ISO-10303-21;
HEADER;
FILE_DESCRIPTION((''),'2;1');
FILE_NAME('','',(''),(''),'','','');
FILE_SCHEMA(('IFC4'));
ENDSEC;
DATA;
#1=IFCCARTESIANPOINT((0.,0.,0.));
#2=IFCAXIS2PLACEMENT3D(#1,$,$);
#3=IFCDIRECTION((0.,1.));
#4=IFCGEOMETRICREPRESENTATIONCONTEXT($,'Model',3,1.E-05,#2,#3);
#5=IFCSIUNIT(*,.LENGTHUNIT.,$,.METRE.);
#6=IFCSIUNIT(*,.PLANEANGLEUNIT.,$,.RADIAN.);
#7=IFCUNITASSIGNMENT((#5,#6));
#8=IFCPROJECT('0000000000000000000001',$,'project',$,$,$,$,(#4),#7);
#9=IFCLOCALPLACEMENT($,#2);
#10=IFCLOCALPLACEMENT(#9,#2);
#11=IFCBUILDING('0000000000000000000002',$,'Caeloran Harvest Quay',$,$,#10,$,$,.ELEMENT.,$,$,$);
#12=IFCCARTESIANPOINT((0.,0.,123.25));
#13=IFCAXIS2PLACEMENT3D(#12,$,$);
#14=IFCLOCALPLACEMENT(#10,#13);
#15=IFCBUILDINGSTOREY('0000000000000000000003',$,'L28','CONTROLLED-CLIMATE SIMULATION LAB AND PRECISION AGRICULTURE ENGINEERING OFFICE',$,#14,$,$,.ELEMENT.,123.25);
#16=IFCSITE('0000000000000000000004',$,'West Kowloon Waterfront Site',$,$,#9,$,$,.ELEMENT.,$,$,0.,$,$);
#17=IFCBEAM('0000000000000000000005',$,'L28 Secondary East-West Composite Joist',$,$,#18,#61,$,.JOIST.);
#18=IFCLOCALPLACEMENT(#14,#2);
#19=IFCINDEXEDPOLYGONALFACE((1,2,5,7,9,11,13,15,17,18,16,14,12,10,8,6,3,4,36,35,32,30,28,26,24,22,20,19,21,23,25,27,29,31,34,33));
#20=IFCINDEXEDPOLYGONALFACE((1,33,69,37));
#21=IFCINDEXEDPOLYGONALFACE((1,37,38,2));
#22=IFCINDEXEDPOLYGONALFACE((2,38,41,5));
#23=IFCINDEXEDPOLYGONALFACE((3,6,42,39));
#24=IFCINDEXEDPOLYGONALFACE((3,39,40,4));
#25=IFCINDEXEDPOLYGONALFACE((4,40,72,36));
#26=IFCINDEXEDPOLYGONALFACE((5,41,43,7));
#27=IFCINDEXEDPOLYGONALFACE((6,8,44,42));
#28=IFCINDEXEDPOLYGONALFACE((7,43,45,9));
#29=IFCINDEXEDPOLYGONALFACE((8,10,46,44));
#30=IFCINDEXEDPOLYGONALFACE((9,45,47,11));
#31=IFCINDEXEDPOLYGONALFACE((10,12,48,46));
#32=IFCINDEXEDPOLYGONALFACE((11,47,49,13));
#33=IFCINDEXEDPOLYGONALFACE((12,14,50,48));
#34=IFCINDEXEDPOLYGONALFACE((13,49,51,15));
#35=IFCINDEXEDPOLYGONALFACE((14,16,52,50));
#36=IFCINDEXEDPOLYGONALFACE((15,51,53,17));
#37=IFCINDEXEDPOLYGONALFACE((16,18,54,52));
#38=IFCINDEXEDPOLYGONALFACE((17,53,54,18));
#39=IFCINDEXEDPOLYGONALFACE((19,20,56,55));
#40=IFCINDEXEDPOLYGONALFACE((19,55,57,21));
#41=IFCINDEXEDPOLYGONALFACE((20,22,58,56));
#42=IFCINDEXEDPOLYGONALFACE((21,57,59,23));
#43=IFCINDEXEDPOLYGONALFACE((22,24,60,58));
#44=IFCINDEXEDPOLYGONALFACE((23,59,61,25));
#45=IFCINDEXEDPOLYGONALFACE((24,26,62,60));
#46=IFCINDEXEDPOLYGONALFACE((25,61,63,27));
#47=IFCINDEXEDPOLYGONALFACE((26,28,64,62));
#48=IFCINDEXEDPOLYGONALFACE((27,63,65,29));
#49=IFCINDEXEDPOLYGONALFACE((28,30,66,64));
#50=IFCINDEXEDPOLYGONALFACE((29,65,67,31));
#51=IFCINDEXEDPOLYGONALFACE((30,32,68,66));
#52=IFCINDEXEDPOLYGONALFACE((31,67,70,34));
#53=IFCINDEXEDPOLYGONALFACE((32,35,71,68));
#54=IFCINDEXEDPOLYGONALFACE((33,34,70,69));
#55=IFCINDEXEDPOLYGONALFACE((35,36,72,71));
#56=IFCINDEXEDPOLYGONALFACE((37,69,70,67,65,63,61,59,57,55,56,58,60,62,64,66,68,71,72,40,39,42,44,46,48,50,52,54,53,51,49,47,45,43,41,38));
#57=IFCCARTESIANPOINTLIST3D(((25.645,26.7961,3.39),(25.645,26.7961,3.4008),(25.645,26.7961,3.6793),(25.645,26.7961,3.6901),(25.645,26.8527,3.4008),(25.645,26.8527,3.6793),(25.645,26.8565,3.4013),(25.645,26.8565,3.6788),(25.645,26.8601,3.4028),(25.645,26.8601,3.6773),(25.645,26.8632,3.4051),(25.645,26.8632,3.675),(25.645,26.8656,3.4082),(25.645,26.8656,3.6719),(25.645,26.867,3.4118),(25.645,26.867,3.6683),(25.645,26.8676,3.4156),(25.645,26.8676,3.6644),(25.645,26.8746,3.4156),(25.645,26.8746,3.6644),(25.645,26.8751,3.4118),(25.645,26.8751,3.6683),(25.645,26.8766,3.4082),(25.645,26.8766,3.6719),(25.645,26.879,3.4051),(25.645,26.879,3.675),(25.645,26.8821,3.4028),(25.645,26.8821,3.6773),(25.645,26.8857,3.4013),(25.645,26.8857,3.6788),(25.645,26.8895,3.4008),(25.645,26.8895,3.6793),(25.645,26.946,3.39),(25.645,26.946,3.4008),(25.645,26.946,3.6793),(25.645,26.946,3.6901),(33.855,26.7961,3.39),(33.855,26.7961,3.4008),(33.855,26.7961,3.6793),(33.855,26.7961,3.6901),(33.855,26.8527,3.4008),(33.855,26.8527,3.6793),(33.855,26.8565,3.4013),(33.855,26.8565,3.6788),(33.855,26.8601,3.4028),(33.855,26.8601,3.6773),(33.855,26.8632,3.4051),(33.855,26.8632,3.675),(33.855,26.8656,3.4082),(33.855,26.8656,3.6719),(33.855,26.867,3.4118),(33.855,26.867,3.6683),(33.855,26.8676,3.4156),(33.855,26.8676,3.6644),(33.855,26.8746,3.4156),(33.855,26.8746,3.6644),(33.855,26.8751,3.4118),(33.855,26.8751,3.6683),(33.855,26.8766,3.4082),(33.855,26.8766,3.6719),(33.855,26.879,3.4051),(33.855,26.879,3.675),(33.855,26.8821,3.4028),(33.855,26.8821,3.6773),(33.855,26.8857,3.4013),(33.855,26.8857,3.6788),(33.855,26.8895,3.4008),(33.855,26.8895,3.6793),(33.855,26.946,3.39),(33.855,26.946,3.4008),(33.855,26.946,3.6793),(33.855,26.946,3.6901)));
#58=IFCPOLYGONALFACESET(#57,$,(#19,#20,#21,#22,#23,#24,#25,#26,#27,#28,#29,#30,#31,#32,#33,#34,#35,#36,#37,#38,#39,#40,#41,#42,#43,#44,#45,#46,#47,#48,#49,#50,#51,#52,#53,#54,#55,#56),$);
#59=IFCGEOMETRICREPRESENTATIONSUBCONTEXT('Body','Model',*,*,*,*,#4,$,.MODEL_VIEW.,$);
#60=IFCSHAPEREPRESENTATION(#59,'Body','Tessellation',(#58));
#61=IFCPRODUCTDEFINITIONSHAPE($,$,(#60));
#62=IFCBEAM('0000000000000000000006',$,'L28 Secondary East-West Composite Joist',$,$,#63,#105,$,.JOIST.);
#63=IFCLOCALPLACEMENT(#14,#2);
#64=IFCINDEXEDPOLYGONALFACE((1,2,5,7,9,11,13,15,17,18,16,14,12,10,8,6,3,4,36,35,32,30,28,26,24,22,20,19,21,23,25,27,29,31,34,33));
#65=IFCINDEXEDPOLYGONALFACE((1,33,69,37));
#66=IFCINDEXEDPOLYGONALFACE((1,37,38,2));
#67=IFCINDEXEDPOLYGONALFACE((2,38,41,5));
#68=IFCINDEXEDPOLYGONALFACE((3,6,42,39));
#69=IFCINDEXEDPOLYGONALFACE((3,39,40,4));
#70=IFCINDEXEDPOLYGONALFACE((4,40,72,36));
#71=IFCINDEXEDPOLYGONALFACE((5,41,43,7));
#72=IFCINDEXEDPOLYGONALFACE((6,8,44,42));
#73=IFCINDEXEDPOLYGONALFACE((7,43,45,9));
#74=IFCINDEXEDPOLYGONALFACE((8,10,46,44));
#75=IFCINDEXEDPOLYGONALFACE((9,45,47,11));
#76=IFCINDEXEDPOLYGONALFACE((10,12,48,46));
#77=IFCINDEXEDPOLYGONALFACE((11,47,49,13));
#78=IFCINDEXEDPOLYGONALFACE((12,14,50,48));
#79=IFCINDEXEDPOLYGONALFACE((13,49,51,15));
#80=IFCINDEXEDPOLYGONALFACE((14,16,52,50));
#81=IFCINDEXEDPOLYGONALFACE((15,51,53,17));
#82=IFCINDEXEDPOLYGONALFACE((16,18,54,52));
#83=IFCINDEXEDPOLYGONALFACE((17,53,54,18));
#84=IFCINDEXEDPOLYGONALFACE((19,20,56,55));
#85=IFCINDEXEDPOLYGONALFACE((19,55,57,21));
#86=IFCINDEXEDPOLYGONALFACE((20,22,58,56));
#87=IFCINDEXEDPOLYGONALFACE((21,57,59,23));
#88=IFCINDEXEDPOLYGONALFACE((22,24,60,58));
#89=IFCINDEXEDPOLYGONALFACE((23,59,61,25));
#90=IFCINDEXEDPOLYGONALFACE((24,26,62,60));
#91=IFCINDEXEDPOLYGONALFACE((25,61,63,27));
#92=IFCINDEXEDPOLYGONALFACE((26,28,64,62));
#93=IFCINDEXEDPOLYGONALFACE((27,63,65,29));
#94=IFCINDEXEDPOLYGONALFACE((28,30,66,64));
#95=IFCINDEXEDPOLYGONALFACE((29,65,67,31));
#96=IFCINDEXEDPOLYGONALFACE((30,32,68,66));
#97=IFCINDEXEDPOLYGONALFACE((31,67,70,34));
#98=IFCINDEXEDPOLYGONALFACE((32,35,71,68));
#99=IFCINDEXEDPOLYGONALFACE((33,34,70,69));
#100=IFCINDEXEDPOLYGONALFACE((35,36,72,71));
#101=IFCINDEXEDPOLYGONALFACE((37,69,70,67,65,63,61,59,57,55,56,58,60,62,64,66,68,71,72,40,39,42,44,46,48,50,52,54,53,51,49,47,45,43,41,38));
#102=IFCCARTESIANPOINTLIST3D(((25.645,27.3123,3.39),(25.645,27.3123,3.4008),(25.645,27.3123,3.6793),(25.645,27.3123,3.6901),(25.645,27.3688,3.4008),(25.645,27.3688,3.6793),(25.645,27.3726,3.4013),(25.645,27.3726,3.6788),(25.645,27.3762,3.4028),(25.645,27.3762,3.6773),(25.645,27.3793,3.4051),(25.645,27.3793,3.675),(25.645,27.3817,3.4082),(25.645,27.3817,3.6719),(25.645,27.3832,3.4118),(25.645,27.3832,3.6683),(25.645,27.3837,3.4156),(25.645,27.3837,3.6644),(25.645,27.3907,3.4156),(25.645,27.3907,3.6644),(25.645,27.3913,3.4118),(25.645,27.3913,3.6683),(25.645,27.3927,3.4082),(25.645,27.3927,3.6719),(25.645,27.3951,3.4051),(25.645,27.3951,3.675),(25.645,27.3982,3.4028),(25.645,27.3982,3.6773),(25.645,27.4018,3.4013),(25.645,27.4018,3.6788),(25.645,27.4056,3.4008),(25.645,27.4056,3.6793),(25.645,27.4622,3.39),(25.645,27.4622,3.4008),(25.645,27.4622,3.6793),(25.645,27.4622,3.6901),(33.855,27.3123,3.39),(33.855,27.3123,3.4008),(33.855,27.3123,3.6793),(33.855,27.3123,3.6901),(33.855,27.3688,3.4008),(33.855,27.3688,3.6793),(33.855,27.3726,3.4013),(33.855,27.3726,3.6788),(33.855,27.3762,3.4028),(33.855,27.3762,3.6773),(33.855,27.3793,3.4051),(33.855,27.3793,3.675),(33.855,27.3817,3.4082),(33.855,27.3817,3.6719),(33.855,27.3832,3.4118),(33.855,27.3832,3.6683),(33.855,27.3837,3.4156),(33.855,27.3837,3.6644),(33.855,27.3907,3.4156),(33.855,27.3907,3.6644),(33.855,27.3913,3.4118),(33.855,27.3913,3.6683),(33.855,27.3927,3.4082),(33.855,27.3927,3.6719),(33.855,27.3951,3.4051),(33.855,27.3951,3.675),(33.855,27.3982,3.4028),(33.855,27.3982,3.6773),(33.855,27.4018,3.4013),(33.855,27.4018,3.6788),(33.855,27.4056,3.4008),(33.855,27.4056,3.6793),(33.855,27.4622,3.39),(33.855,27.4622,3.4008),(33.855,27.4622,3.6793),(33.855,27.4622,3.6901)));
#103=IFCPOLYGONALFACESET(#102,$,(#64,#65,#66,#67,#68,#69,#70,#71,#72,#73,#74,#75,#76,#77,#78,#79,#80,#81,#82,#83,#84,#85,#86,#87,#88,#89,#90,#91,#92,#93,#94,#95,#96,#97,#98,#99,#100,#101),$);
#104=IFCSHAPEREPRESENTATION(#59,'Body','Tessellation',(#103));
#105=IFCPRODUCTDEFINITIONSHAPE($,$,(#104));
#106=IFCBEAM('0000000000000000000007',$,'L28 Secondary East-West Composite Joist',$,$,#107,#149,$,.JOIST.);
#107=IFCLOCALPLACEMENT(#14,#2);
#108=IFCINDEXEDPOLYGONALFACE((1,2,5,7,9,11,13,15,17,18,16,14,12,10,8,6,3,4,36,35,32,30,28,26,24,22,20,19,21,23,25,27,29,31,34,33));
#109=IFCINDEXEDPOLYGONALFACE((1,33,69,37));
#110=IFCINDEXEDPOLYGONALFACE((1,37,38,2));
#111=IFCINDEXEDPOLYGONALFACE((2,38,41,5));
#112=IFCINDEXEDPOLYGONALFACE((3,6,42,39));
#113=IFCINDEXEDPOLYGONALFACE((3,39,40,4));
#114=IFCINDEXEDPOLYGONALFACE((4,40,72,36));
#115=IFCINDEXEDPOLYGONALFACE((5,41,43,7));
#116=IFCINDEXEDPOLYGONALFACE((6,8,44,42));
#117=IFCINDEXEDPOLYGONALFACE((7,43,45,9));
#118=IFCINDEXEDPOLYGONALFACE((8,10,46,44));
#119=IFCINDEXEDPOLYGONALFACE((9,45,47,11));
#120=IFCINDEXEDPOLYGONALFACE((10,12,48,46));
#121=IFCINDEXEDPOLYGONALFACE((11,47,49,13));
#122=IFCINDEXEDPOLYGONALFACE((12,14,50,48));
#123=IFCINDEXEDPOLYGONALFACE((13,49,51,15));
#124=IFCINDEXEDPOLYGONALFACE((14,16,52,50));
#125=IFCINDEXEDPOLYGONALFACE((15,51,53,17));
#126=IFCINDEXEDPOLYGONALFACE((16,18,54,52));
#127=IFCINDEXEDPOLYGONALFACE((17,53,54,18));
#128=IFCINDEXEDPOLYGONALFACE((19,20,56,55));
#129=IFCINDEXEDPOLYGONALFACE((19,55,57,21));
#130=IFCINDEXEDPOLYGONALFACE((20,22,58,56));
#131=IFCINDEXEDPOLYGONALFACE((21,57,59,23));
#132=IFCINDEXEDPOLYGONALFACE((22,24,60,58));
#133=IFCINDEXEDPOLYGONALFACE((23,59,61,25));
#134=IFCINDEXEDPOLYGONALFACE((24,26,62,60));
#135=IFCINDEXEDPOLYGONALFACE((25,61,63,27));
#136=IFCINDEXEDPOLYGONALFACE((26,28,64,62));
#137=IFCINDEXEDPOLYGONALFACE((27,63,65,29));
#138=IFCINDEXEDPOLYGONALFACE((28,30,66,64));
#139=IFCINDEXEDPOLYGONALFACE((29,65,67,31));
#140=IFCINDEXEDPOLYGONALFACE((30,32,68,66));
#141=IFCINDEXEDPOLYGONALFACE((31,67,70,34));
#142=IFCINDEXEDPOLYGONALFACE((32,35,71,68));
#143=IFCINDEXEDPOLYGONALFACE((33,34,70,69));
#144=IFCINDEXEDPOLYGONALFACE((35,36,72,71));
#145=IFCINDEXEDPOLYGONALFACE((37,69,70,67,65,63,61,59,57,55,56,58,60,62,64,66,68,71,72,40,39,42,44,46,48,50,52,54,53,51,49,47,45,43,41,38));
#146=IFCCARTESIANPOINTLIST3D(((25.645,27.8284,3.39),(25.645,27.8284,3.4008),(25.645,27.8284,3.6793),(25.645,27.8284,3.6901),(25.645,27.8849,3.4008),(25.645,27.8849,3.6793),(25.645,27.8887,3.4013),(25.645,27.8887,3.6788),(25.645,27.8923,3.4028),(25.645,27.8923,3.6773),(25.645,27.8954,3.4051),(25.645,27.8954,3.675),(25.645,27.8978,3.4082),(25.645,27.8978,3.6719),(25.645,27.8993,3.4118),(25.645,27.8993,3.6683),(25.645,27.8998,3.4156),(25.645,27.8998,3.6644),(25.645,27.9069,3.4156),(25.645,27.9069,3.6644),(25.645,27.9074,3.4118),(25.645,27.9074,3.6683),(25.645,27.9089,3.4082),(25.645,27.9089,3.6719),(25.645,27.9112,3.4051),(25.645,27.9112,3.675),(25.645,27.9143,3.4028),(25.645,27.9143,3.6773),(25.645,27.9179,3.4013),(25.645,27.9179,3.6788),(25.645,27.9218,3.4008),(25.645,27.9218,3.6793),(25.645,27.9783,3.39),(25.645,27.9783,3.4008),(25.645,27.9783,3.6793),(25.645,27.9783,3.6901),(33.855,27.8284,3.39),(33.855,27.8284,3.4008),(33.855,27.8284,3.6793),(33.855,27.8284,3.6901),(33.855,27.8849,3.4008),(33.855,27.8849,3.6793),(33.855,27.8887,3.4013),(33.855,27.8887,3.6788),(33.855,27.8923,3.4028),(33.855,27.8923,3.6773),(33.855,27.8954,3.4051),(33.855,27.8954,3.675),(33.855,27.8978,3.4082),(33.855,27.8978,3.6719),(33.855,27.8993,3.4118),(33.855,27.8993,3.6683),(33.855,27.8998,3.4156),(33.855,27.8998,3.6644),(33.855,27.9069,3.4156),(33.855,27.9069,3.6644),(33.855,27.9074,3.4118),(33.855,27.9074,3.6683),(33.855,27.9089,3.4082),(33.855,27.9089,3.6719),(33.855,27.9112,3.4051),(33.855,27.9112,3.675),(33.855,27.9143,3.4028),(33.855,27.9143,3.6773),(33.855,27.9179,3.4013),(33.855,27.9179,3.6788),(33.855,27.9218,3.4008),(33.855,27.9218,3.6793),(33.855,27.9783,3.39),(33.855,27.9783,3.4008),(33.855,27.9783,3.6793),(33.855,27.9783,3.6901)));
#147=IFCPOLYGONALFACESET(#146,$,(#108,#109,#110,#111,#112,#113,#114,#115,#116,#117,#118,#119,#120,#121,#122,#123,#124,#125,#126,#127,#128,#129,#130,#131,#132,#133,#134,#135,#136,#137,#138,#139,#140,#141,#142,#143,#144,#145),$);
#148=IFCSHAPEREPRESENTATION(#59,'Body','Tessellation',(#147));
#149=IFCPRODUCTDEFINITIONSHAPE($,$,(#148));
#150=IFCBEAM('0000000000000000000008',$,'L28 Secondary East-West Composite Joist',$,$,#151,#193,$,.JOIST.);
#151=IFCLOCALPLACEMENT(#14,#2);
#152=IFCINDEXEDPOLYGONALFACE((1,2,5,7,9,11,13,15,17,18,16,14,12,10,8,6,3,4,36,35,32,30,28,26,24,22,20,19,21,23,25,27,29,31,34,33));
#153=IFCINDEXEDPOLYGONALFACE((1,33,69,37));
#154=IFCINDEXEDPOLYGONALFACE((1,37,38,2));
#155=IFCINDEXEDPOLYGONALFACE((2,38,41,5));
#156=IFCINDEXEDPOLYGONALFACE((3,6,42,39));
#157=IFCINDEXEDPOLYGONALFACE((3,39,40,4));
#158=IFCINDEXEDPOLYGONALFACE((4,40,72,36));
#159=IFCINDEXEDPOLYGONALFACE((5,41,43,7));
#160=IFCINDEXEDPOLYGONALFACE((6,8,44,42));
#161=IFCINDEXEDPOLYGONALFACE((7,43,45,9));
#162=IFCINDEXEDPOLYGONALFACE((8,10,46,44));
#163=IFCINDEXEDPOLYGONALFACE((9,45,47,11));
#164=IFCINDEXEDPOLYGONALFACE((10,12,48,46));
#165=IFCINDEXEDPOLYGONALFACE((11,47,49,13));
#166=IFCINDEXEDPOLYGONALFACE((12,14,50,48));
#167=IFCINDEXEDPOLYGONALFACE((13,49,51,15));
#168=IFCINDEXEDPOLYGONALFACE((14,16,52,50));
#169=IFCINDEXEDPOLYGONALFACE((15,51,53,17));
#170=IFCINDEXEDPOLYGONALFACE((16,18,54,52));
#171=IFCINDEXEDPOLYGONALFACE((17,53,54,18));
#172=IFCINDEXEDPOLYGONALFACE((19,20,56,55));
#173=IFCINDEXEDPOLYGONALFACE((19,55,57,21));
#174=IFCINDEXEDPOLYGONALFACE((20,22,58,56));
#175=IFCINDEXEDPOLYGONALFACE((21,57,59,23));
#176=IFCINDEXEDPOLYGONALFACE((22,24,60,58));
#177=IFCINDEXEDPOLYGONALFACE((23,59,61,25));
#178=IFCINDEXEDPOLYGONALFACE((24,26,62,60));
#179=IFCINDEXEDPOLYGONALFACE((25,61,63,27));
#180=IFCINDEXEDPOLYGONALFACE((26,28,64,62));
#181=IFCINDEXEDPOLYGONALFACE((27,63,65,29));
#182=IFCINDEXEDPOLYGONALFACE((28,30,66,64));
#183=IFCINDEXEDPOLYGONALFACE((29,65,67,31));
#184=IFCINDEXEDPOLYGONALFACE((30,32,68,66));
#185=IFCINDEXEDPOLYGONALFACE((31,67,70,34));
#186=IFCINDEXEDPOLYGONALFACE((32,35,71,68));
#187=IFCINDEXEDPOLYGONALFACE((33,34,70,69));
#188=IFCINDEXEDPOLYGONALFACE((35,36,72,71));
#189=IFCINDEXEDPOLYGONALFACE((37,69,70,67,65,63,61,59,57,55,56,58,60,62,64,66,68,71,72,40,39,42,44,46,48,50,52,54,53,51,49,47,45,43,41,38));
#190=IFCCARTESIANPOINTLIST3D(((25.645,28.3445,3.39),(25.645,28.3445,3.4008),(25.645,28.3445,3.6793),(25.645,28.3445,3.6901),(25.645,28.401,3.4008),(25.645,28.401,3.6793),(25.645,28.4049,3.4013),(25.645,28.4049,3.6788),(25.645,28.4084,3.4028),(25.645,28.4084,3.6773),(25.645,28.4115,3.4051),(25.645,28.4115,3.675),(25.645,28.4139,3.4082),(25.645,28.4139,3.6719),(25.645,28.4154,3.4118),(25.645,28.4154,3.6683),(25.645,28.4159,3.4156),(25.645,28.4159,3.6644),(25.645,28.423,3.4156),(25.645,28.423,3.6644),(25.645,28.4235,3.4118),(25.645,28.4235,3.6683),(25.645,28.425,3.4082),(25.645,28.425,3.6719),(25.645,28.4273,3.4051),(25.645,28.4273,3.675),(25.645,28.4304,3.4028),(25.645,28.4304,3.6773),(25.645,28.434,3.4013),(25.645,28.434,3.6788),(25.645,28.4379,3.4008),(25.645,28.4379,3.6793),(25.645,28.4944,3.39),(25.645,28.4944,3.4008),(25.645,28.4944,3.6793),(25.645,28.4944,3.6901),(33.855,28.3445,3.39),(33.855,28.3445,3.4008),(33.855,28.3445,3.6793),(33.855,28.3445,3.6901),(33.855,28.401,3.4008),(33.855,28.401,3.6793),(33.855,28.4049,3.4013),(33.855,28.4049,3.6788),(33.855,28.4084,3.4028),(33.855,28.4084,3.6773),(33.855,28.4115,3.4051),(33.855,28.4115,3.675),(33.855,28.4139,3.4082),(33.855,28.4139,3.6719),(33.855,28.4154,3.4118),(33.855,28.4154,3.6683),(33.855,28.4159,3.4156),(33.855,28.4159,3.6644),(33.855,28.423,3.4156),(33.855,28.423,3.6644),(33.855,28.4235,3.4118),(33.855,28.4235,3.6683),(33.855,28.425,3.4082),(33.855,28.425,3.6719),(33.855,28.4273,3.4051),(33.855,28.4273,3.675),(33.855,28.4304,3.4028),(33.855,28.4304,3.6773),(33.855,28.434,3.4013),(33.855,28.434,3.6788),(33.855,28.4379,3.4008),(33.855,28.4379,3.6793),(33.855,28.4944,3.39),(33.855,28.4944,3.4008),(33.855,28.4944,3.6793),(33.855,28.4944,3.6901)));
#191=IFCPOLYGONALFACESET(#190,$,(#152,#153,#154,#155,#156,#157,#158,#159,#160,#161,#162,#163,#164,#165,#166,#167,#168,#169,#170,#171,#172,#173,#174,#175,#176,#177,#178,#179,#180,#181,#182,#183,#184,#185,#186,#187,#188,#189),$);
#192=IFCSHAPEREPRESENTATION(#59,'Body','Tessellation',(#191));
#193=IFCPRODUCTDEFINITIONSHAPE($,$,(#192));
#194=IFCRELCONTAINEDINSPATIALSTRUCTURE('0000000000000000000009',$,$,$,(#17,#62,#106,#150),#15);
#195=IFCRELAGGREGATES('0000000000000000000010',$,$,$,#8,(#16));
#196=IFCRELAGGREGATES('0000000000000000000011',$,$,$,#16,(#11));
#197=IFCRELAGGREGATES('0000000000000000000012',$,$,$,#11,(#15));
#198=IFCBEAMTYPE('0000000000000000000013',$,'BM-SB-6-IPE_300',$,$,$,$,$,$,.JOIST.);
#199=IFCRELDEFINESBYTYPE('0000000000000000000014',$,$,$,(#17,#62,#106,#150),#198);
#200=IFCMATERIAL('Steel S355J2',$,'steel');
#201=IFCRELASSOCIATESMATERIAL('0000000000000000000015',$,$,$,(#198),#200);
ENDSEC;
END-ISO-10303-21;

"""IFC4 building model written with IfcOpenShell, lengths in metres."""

from ifc_helpers import new_model, si_unit, direction, frame, origin, origin_2d, place, context, subcontext, project, spatial, i_section, extrude, material, material_profile, profile_set, type_object, element, save


model = new_model("IFC4")

# Units and contexts
model_context = context("Model", 3, precision=1e-05, world=origin(), true_north=direction((0.0, 1.0)))
body_context = subcontext(model_context, "Body", "Model", "MODEL_VIEW")
ifc_project = project(units=[si_unit("LENGTHUNIT", "METRE"), si_unit("PLANEANGLEUNIT", "RADIAN")], contexts=[model_context])

# Site, building, storey
site_placement = place(None, origin())
site = spatial("IfcSite", under=ifc_project, at=site_placement, Name="West Kowloon Waterfront Site", CompositionType="ELEMENT", RefElevation=0.0)
building_placement = place(site_placement, origin())
building = spatial("IfcBuilding", under=site, at=building_placement, Name="Caeloran Harvest Quay", CompositionType="ELEMENT")
storey_placement = place(building_placement, frame((0.0, 0.0, 123.25)))
storey = spatial("IfcBuildingStorey", under=building, at=storey_placement, Name="L28", Description="CONTROLLED-CLIMATE SIMULATION LAB AND PRECISION AGRICULTURE ENGINEERING OFFICE", CompositionType="ELEMENT", Elevation=123.25)

# Beams
ifc_material = material(Name="Steel S355J2", Category="steel")
ifc_material_profile_1 = material_profile(ifc_material, i_section(OverallWidth=0.1499, OverallDepth=0.3, WebThickness=0.0071, FlangeThickness=0.0107, FilletRadius=0.0149, at=origin_2d()), Name="IPE 300")
ifc_profile_set_1 = profile_set([ifc_material_profile_1], Name="Steel S355J2")
beam_type_1 = type_object("IfcBeamType", Name="BM-SB-6-IPE_300", PredefinedType="JOIST", material=ifc_profile_set_1)
for number, where, z_axis, x_axis, name in (
    (1, (25.645, 26.8711, 3.54), (1.0, 0.0, 0.0), (0.0, 1.0, 0.0), "L28 Secondary East-West Composite Joist"),
    (2, (25.645, 27.3872, 3.54), (1.0, 0.0, 0.0), (0.0, 1.0, 0.0), "L28 Secondary East-West Composite Joist"),
    (3, (25.645, 27.9033, 3.54), (1.0, 0.0, 0.0), (0.0, 1.0, 0.0), "L28 Secondary East-West Composite Joist"),
    (4, (25.645, 28.4194, 3.54), (1.0, 0.0, 0.0), (0.0, 1.0, 0.0), "L28 Secondary East-West Composite Joist"),
):
    element("IfcBeam", number, at=place(storey_placement, frame(where, z_axis=z_axis, x_axis=x_axis)), inside=storey, type_object=beam_type_1, Name=name, PredefinedType="JOIST", context=body_context, shape_type="SweptSolid", body=[
        extrude(i_section(OverallWidth=0.1499, OverallDepth=0.3, WebThickness=0.0071, FlangeThickness=0.0107, FilletRadius=0.0149, at=origin_2d()), origin(), (0.0, 0.0, 1.0), 8.21),
    ])

save(model, "model.ifc")
